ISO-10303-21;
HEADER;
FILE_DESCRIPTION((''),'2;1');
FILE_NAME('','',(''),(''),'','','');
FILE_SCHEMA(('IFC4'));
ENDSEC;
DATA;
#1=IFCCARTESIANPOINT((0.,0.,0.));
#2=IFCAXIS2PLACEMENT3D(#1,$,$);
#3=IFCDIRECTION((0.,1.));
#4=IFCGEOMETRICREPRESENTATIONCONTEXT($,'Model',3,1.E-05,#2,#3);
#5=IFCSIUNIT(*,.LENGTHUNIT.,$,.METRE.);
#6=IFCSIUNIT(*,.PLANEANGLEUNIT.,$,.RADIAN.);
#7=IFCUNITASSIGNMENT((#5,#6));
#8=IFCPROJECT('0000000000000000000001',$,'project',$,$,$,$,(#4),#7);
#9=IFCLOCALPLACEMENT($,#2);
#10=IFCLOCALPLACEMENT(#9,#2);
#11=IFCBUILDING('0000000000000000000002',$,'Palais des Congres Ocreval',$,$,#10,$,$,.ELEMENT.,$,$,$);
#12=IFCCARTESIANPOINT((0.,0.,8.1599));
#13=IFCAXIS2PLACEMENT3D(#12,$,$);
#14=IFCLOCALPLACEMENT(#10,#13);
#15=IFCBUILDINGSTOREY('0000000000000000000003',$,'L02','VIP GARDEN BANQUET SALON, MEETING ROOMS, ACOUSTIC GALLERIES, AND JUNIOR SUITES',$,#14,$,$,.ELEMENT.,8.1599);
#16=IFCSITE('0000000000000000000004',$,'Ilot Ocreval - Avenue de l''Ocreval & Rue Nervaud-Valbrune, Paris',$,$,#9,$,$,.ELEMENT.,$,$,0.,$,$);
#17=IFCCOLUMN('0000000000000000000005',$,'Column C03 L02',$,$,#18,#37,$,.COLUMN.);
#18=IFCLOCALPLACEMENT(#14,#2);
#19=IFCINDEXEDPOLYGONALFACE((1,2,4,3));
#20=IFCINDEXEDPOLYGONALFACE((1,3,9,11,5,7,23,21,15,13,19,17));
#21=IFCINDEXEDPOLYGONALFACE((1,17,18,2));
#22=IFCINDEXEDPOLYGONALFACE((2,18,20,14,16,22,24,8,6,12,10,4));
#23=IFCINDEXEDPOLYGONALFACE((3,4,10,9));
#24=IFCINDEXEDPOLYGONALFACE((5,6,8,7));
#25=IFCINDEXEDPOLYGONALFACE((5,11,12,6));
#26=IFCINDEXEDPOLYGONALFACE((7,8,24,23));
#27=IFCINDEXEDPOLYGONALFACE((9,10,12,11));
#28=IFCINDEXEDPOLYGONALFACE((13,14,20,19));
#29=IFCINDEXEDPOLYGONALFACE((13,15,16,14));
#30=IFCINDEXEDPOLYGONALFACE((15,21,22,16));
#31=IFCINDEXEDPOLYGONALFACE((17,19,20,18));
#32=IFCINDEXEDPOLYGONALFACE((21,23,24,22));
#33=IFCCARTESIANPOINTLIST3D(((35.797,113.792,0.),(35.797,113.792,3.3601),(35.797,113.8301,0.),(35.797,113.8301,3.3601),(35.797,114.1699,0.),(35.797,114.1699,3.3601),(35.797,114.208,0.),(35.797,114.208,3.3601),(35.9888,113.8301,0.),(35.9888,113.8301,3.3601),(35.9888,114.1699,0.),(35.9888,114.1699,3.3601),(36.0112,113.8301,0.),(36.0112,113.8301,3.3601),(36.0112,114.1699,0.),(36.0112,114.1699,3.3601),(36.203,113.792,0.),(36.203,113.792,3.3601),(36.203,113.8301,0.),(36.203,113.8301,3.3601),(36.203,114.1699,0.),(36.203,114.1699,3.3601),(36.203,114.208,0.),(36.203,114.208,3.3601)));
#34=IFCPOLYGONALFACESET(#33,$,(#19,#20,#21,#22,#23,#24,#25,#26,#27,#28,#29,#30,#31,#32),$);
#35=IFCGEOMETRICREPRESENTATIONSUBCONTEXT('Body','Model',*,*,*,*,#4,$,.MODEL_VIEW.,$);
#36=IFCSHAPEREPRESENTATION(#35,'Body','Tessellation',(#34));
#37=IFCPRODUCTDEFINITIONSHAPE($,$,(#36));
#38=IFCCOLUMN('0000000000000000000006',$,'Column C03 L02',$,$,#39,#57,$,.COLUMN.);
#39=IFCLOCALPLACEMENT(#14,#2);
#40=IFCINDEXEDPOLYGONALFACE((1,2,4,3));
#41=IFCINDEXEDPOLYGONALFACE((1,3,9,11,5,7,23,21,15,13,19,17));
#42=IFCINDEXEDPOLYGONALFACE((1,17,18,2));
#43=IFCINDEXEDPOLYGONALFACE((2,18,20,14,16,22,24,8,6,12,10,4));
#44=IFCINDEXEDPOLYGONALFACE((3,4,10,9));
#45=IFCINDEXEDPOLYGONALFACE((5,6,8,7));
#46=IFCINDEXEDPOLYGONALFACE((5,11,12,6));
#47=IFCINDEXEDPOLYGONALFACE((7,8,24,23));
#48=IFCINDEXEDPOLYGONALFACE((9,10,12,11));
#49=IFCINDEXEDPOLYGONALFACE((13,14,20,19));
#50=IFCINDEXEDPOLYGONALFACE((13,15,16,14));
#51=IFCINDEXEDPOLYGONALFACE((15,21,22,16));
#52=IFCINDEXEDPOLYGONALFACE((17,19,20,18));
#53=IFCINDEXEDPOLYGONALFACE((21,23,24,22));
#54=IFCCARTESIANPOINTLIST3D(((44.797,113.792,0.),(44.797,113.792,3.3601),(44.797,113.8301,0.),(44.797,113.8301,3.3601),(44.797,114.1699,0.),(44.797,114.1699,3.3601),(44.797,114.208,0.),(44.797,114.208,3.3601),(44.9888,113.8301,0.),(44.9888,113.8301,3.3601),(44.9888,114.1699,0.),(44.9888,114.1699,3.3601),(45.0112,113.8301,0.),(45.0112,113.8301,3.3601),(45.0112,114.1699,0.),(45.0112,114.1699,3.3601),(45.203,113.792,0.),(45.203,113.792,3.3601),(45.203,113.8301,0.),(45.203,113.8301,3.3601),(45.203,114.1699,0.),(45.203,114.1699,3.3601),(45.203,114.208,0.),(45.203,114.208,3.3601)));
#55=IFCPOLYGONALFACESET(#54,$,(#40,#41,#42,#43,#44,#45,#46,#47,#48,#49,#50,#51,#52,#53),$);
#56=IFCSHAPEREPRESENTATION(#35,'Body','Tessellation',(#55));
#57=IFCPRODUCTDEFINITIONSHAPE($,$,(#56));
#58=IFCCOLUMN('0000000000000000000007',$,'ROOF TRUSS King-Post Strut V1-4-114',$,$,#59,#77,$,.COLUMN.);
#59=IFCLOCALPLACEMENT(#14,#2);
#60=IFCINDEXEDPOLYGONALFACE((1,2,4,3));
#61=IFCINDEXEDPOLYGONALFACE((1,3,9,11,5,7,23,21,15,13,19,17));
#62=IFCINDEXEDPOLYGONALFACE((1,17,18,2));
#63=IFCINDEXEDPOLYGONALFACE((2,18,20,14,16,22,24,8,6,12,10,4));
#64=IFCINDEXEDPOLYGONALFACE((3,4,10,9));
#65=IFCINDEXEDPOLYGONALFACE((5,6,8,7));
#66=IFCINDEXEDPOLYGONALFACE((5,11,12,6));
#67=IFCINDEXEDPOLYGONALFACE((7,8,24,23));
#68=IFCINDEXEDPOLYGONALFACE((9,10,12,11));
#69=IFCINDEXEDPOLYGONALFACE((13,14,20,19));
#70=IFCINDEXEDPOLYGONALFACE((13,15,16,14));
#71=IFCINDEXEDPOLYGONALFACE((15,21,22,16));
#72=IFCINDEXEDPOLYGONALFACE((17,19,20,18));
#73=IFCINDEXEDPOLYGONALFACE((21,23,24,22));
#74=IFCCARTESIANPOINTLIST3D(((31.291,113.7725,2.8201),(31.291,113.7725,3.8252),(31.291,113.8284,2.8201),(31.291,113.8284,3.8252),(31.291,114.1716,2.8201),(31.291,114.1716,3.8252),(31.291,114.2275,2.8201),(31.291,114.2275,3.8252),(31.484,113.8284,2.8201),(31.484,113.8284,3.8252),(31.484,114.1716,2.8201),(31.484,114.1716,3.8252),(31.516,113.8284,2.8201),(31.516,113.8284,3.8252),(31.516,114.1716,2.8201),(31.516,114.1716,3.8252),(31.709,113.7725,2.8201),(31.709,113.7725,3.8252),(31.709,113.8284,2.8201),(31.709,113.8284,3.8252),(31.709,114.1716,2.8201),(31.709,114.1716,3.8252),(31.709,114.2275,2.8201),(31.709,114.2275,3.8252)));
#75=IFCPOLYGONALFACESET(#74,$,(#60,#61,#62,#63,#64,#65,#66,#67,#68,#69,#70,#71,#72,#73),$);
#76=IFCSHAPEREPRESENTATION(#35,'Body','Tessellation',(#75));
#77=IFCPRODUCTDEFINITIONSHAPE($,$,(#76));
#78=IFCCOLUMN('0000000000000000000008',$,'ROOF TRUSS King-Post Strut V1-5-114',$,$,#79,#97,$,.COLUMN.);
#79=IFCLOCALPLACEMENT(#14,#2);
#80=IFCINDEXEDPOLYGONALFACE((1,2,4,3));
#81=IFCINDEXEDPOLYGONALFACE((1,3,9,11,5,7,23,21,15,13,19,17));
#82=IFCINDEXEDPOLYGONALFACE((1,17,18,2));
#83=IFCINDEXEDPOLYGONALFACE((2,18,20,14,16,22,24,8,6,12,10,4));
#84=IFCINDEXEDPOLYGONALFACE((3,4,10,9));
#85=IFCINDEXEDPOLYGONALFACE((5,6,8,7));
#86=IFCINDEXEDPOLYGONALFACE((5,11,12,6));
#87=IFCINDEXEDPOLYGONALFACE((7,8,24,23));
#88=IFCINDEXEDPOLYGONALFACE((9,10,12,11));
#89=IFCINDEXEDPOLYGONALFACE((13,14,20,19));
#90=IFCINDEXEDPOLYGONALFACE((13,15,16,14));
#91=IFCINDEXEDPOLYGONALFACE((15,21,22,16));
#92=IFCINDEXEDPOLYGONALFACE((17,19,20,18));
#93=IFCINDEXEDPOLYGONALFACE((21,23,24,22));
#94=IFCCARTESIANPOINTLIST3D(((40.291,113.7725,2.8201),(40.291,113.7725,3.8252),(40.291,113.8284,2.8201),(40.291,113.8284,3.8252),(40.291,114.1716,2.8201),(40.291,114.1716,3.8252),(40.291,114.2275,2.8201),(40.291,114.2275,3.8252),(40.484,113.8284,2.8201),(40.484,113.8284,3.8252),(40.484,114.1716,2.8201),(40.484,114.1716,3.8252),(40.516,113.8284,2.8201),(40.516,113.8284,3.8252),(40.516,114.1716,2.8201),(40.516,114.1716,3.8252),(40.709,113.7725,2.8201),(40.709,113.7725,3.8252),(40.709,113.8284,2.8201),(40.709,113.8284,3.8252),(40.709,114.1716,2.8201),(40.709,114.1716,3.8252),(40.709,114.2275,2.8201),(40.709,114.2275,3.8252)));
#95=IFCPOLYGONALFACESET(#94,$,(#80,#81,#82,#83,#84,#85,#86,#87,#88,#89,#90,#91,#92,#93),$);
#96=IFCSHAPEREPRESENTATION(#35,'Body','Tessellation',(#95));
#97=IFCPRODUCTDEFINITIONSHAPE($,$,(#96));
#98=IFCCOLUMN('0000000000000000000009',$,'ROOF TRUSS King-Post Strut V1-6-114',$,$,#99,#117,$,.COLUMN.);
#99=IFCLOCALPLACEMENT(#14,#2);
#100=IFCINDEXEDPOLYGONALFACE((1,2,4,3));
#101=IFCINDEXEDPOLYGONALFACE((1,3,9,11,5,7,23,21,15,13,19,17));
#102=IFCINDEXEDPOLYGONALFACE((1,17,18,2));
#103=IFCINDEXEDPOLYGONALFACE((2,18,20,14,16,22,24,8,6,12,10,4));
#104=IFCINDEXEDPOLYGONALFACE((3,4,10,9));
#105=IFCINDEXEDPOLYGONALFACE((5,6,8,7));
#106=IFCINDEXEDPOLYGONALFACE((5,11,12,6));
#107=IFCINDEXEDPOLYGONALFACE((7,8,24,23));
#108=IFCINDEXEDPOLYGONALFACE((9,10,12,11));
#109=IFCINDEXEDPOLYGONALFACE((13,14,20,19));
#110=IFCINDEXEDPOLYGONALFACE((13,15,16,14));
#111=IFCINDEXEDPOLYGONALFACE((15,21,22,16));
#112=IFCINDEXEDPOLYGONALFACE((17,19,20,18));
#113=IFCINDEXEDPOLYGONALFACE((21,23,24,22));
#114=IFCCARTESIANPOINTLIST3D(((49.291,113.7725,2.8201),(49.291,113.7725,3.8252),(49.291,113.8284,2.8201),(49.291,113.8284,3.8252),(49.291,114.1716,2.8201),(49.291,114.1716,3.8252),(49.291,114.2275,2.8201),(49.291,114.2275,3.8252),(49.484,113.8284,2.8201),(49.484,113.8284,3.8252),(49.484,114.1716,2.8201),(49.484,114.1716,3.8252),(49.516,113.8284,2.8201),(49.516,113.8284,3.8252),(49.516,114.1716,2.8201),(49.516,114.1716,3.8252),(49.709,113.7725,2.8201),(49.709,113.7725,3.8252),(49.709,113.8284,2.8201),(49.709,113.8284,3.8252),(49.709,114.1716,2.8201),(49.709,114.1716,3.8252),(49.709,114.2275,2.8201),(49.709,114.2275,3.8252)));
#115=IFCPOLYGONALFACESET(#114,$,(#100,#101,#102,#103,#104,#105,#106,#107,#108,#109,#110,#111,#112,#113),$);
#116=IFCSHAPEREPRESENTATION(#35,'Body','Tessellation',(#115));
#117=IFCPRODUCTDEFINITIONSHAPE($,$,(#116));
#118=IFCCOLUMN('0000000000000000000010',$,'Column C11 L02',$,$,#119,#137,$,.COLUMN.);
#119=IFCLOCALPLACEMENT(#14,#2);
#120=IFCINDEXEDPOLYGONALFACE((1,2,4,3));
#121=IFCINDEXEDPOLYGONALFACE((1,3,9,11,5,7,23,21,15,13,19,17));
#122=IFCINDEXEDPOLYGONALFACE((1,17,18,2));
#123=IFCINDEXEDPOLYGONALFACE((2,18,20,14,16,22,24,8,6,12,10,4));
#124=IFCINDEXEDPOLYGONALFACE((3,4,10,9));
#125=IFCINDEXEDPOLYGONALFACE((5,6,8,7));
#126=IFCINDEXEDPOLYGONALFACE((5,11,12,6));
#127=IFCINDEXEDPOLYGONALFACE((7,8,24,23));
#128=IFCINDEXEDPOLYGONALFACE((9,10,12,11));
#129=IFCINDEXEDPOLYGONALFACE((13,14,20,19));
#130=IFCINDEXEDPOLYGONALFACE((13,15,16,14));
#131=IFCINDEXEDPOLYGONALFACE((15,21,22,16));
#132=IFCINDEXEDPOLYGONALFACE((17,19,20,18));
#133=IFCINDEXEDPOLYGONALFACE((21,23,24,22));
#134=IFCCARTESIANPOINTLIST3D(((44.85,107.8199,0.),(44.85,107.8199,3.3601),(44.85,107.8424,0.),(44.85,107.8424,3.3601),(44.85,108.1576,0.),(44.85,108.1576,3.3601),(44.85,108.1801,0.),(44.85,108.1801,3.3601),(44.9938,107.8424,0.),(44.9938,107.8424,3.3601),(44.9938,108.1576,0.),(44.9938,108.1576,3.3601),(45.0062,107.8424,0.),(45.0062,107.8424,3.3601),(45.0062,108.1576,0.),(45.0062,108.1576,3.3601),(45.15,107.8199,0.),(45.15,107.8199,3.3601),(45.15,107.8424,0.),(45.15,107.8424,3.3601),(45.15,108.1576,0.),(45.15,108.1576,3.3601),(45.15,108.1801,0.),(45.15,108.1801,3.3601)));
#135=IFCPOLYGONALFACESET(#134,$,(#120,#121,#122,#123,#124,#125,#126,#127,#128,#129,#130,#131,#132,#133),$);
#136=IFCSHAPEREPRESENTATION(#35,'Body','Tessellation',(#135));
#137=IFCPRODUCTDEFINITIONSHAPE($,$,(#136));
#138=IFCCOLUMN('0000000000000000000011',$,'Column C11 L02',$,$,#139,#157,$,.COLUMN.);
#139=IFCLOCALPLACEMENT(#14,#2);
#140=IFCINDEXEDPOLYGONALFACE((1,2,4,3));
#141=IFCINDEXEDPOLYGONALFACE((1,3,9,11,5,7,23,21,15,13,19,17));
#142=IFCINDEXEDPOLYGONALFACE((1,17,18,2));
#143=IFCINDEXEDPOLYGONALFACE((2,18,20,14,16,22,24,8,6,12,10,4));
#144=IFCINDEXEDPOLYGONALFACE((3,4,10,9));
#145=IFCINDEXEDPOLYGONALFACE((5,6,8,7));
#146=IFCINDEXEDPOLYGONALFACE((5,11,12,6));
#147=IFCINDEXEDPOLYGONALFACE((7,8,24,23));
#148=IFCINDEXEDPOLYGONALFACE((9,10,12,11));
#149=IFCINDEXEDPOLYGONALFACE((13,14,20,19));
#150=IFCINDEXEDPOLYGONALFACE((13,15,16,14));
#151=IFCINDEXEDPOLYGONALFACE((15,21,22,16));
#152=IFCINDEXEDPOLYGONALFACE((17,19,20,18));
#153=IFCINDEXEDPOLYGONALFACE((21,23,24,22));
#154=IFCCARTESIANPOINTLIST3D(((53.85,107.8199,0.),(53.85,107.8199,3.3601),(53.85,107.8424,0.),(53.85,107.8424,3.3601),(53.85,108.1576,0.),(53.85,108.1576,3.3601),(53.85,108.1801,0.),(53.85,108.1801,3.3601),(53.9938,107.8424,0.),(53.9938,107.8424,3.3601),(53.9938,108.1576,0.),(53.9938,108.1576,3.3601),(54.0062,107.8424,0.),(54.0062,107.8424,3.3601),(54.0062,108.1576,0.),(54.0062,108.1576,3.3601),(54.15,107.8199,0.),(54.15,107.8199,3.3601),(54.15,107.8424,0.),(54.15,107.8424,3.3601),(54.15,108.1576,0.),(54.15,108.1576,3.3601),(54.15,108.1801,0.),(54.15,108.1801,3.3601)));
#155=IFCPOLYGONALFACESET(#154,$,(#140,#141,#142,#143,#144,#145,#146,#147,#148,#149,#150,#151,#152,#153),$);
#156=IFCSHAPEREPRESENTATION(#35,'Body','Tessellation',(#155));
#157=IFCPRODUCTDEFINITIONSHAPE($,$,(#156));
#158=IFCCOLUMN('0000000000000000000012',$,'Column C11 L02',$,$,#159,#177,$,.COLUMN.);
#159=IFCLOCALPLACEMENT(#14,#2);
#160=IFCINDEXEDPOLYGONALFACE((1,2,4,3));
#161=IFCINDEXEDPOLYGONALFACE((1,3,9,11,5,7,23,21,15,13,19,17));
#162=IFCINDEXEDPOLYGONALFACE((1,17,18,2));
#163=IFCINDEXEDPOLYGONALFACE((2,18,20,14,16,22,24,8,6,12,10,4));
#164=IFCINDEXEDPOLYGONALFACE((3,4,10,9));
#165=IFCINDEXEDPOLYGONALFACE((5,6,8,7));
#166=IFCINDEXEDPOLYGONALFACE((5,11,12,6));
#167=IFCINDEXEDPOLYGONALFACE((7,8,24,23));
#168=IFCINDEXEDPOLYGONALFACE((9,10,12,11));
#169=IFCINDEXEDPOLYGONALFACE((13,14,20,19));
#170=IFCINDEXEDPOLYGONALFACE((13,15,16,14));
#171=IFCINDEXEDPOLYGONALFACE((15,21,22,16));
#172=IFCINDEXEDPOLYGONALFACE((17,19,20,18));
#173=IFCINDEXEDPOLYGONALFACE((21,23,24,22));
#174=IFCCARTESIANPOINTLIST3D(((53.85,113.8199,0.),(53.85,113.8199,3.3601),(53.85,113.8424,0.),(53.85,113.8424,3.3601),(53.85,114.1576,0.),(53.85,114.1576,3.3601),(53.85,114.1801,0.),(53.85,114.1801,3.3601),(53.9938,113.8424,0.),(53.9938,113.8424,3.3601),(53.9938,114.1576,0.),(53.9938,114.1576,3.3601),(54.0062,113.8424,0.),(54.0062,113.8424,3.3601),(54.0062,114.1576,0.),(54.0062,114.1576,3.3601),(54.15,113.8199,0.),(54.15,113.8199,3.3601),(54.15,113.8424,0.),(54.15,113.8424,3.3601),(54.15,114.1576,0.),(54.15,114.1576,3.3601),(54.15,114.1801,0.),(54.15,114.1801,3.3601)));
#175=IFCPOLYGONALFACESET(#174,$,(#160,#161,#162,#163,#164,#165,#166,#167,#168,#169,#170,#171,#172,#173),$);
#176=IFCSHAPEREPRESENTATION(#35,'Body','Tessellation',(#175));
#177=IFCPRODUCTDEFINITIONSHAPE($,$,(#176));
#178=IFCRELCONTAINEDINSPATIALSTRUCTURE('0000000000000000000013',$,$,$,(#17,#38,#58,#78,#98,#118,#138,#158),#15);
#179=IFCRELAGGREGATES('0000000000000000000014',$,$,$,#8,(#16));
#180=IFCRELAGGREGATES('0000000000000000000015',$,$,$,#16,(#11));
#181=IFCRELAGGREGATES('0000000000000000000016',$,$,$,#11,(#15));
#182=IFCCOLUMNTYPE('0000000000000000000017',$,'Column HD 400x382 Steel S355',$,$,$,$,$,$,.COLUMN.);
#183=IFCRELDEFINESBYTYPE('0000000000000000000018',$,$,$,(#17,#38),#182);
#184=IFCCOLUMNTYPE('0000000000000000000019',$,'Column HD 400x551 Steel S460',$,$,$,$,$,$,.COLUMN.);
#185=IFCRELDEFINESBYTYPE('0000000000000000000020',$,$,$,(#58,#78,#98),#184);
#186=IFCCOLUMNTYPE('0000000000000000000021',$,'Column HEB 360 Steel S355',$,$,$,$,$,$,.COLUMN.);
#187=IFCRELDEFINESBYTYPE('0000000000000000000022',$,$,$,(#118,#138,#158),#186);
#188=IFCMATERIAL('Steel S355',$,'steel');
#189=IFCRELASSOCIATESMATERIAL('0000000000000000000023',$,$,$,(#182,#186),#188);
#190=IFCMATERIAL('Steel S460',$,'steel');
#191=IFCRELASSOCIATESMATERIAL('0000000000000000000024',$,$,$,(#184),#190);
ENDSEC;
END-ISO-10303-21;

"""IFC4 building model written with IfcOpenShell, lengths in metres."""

from ifc_helpers import new_model, si_unit, direction, frame, origin, origin_2d, place, context, subcontext, project, spatial, i_section, extrude, material, material_profile, profile_set, type_object, element, save


model = new_model("IFC4")

# Units and contexts
model_context = context("Model", 3, precision=1e-05, world=origin(), true_north=direction((0.0, 1.0)))
body_context = subcontext(model_context, "Body", "Model", "MODEL_VIEW")
ifc_project = project(units=[si_unit("LENGTHUNIT", "METRE"), si_unit("PLANEANGLEUNIT", "RADIAN")], contexts=[model_context])

# Site, building, storey
site_placement = place(None, origin())
site = spatial("IfcSite", under=ifc_project, at=site_placement, Name="Ilot Ocreval - Avenue de l'Ocreval & Rue Nervaud-Valbrune, Paris", CompositionType="ELEMENT", RefElevation=0.0)
building_placement = place(site_placement, origin())
building = spatial("IfcBuilding", under=site, at=building_placement, Name="Palais des Congres Ocreval", CompositionType="ELEMENT")
storey_placement = place(building_placement, frame((0.0, 0.0, 8.1599)))
storey = spatial("IfcBuildingStorey", under=building, at=storey_placement, Name="L02", Description="VIP GARDEN BANQUET SALON, MEETING ROOMS, ACOUSTIC GALLERIES, AND JUNIOR SUITES", CompositionType="ELEMENT", Elevation=8.1599)

# Columns
ifc_material_1 = material(Name="Steel S355", Category="steel")
ifc_material_profile_1 = material_profile(ifc_material_1, i_section(OverallWidth=0.406, OverallDepth=0.416, WebThickness=0.0225, FlangeThickness=0.0381, at=origin_2d()), Name="HD 400x382")
ifc_profile_set_1 = profile_set([ifc_material_profile_1], Name="Steel S355")
column_type_1 = type_object("IfcColumnType", Name="Column HD 400x382 Steel S355", PredefinedType="COLUMN", material=ifc_profile_set_1)
for number, where, z_axis, x_axis, name in (
    (1, (36.0, 114.0, 0.0), (0.0, 0.0, 1.0), (1.0, 0.0, 0.0), "Column C03 L02"),
    (2, (45.0, 114.0, 0.0), (0.0, 0.0, 1.0), (1.0, 0.0, 0.0), "Column C03 L02"),
):
    element("IfcColumn", number, at=place(storey_placement, frame(where, z_axis=z_axis, x_axis=x_axis)), inside=storey, type_object=column_type_1, Name=name, PredefinedType="COLUMN", context=body_context, shape_type="SweptSolid", body=[
        extrude(i_section(OverallWidth=0.406, OverallDepth=0.416, WebThickness=0.0225, FlangeThickness=0.0381, at=origin_2d()), origin(), (0.0, 0.0, 1.0), 3.3601),
    ])
ifc_material_2 = material(Name="Steel S460", Category="steel")
ifc_material_profile_2 = material_profile(ifc_material_2, i_section(OverallWidth=0.418, OverallDepth=0.4551, WebThickness=0.032, FlangeThickness=0.0559, at=origin_2d()), Name="HD 400x551")
ifc_profile_set_2 = profile_set([ifc_material_profile_2], Name="Steel S460")
column_type_2 = type_object("IfcColumnType", Name="Column HD 400x551 Steel S460", PredefinedType="COLUMN", material=ifc_profile_set_2)
for number, where, z_axis, x_axis, name in (
    (3, (31.5, 114.0, 2.8201), (0.0, 0.0, 1.0), (1.0, 0.0, 0.0), "ROOF TRUSS King-Post Strut V1-4-114"),
    (4, (40.5, 114.0, 2.8201), (0.0, 0.0, 1.0), (1.0, 0.0, 0.0), "ROOF TRUSS King-Post Strut V1-5-114"),
    (5, (49.5, 114.0, 2.8201), (0.0, 0.0, 1.0), (1.0, 0.0, 0.0), "ROOF TRUSS King-Post Strut V1-6-114"),
):
    element("IfcColumn", number, at=place(storey_placement, frame(where, z_axis=z_axis, x_axis=x_axis)), inside=storey, type_object=column_type_2, Name=name, PredefinedType="COLUMN", context=body_context, shape_type="SweptSolid", body=[
        extrude(i_section(OverallWidth=0.418, OverallDepth=0.4551, WebThickness=0.032, FlangeThickness=0.0559, at=origin_2d()), origin(), (0.0, 0.0, 1.0), 1.0051),
    ])
ifc_material_profile_3 = material_profile(ifc_material_1, i_section(OverallWidth=0.3, OverallDepth=0.3601, WebThickness=0.0125, FlangeThickness=0.0225, at=origin_2d()), Name="HEB 360")
ifc_profile_set_3 = profile_set([ifc_material_profile_3], Name="Steel S355")
column_type_3 = type_object("IfcColumnType", Name="Column HEB 360 Steel S355", PredefinedType="COLUMN", material=ifc_profile_set_3)
for number, where, z_axis, x_axis, name in (
    (6, (45.0, 108.0, 0.0), (0.0, 0.0, 1.0), (1.0, 0.0, 0.0), "Column C11 L02"),
    (7, (54.0, 108.0, 0.0), (0.0, 0.0, 1.0), (1.0, 0.0, 0.0), "Column C11 L02"),
    (8, (54.0, 114.0, 0.0), (0.0, 0.0, 1.0), (1.0, 0.0, 0.0), "Column C11 L02"),
):
    element("IfcColumn", number, at=place(storey_placement, frame(where, z_axis=z_axis, x_axis=x_axis)), inside=storey, type_object=column_type_3, Name=name, PredefinedType="COLUMN", context=body_context, shape_type="SweptSolid", body=[
        extrude(i_section(OverallWidth=0.3, OverallDepth=0.3601, WebThickness=0.0125, FlangeThickness=0.0225, at=origin_2d()), origin(), (0.0, 0.0, 1.0), 3.3601),
    ])

save(model, "model.ifc")
